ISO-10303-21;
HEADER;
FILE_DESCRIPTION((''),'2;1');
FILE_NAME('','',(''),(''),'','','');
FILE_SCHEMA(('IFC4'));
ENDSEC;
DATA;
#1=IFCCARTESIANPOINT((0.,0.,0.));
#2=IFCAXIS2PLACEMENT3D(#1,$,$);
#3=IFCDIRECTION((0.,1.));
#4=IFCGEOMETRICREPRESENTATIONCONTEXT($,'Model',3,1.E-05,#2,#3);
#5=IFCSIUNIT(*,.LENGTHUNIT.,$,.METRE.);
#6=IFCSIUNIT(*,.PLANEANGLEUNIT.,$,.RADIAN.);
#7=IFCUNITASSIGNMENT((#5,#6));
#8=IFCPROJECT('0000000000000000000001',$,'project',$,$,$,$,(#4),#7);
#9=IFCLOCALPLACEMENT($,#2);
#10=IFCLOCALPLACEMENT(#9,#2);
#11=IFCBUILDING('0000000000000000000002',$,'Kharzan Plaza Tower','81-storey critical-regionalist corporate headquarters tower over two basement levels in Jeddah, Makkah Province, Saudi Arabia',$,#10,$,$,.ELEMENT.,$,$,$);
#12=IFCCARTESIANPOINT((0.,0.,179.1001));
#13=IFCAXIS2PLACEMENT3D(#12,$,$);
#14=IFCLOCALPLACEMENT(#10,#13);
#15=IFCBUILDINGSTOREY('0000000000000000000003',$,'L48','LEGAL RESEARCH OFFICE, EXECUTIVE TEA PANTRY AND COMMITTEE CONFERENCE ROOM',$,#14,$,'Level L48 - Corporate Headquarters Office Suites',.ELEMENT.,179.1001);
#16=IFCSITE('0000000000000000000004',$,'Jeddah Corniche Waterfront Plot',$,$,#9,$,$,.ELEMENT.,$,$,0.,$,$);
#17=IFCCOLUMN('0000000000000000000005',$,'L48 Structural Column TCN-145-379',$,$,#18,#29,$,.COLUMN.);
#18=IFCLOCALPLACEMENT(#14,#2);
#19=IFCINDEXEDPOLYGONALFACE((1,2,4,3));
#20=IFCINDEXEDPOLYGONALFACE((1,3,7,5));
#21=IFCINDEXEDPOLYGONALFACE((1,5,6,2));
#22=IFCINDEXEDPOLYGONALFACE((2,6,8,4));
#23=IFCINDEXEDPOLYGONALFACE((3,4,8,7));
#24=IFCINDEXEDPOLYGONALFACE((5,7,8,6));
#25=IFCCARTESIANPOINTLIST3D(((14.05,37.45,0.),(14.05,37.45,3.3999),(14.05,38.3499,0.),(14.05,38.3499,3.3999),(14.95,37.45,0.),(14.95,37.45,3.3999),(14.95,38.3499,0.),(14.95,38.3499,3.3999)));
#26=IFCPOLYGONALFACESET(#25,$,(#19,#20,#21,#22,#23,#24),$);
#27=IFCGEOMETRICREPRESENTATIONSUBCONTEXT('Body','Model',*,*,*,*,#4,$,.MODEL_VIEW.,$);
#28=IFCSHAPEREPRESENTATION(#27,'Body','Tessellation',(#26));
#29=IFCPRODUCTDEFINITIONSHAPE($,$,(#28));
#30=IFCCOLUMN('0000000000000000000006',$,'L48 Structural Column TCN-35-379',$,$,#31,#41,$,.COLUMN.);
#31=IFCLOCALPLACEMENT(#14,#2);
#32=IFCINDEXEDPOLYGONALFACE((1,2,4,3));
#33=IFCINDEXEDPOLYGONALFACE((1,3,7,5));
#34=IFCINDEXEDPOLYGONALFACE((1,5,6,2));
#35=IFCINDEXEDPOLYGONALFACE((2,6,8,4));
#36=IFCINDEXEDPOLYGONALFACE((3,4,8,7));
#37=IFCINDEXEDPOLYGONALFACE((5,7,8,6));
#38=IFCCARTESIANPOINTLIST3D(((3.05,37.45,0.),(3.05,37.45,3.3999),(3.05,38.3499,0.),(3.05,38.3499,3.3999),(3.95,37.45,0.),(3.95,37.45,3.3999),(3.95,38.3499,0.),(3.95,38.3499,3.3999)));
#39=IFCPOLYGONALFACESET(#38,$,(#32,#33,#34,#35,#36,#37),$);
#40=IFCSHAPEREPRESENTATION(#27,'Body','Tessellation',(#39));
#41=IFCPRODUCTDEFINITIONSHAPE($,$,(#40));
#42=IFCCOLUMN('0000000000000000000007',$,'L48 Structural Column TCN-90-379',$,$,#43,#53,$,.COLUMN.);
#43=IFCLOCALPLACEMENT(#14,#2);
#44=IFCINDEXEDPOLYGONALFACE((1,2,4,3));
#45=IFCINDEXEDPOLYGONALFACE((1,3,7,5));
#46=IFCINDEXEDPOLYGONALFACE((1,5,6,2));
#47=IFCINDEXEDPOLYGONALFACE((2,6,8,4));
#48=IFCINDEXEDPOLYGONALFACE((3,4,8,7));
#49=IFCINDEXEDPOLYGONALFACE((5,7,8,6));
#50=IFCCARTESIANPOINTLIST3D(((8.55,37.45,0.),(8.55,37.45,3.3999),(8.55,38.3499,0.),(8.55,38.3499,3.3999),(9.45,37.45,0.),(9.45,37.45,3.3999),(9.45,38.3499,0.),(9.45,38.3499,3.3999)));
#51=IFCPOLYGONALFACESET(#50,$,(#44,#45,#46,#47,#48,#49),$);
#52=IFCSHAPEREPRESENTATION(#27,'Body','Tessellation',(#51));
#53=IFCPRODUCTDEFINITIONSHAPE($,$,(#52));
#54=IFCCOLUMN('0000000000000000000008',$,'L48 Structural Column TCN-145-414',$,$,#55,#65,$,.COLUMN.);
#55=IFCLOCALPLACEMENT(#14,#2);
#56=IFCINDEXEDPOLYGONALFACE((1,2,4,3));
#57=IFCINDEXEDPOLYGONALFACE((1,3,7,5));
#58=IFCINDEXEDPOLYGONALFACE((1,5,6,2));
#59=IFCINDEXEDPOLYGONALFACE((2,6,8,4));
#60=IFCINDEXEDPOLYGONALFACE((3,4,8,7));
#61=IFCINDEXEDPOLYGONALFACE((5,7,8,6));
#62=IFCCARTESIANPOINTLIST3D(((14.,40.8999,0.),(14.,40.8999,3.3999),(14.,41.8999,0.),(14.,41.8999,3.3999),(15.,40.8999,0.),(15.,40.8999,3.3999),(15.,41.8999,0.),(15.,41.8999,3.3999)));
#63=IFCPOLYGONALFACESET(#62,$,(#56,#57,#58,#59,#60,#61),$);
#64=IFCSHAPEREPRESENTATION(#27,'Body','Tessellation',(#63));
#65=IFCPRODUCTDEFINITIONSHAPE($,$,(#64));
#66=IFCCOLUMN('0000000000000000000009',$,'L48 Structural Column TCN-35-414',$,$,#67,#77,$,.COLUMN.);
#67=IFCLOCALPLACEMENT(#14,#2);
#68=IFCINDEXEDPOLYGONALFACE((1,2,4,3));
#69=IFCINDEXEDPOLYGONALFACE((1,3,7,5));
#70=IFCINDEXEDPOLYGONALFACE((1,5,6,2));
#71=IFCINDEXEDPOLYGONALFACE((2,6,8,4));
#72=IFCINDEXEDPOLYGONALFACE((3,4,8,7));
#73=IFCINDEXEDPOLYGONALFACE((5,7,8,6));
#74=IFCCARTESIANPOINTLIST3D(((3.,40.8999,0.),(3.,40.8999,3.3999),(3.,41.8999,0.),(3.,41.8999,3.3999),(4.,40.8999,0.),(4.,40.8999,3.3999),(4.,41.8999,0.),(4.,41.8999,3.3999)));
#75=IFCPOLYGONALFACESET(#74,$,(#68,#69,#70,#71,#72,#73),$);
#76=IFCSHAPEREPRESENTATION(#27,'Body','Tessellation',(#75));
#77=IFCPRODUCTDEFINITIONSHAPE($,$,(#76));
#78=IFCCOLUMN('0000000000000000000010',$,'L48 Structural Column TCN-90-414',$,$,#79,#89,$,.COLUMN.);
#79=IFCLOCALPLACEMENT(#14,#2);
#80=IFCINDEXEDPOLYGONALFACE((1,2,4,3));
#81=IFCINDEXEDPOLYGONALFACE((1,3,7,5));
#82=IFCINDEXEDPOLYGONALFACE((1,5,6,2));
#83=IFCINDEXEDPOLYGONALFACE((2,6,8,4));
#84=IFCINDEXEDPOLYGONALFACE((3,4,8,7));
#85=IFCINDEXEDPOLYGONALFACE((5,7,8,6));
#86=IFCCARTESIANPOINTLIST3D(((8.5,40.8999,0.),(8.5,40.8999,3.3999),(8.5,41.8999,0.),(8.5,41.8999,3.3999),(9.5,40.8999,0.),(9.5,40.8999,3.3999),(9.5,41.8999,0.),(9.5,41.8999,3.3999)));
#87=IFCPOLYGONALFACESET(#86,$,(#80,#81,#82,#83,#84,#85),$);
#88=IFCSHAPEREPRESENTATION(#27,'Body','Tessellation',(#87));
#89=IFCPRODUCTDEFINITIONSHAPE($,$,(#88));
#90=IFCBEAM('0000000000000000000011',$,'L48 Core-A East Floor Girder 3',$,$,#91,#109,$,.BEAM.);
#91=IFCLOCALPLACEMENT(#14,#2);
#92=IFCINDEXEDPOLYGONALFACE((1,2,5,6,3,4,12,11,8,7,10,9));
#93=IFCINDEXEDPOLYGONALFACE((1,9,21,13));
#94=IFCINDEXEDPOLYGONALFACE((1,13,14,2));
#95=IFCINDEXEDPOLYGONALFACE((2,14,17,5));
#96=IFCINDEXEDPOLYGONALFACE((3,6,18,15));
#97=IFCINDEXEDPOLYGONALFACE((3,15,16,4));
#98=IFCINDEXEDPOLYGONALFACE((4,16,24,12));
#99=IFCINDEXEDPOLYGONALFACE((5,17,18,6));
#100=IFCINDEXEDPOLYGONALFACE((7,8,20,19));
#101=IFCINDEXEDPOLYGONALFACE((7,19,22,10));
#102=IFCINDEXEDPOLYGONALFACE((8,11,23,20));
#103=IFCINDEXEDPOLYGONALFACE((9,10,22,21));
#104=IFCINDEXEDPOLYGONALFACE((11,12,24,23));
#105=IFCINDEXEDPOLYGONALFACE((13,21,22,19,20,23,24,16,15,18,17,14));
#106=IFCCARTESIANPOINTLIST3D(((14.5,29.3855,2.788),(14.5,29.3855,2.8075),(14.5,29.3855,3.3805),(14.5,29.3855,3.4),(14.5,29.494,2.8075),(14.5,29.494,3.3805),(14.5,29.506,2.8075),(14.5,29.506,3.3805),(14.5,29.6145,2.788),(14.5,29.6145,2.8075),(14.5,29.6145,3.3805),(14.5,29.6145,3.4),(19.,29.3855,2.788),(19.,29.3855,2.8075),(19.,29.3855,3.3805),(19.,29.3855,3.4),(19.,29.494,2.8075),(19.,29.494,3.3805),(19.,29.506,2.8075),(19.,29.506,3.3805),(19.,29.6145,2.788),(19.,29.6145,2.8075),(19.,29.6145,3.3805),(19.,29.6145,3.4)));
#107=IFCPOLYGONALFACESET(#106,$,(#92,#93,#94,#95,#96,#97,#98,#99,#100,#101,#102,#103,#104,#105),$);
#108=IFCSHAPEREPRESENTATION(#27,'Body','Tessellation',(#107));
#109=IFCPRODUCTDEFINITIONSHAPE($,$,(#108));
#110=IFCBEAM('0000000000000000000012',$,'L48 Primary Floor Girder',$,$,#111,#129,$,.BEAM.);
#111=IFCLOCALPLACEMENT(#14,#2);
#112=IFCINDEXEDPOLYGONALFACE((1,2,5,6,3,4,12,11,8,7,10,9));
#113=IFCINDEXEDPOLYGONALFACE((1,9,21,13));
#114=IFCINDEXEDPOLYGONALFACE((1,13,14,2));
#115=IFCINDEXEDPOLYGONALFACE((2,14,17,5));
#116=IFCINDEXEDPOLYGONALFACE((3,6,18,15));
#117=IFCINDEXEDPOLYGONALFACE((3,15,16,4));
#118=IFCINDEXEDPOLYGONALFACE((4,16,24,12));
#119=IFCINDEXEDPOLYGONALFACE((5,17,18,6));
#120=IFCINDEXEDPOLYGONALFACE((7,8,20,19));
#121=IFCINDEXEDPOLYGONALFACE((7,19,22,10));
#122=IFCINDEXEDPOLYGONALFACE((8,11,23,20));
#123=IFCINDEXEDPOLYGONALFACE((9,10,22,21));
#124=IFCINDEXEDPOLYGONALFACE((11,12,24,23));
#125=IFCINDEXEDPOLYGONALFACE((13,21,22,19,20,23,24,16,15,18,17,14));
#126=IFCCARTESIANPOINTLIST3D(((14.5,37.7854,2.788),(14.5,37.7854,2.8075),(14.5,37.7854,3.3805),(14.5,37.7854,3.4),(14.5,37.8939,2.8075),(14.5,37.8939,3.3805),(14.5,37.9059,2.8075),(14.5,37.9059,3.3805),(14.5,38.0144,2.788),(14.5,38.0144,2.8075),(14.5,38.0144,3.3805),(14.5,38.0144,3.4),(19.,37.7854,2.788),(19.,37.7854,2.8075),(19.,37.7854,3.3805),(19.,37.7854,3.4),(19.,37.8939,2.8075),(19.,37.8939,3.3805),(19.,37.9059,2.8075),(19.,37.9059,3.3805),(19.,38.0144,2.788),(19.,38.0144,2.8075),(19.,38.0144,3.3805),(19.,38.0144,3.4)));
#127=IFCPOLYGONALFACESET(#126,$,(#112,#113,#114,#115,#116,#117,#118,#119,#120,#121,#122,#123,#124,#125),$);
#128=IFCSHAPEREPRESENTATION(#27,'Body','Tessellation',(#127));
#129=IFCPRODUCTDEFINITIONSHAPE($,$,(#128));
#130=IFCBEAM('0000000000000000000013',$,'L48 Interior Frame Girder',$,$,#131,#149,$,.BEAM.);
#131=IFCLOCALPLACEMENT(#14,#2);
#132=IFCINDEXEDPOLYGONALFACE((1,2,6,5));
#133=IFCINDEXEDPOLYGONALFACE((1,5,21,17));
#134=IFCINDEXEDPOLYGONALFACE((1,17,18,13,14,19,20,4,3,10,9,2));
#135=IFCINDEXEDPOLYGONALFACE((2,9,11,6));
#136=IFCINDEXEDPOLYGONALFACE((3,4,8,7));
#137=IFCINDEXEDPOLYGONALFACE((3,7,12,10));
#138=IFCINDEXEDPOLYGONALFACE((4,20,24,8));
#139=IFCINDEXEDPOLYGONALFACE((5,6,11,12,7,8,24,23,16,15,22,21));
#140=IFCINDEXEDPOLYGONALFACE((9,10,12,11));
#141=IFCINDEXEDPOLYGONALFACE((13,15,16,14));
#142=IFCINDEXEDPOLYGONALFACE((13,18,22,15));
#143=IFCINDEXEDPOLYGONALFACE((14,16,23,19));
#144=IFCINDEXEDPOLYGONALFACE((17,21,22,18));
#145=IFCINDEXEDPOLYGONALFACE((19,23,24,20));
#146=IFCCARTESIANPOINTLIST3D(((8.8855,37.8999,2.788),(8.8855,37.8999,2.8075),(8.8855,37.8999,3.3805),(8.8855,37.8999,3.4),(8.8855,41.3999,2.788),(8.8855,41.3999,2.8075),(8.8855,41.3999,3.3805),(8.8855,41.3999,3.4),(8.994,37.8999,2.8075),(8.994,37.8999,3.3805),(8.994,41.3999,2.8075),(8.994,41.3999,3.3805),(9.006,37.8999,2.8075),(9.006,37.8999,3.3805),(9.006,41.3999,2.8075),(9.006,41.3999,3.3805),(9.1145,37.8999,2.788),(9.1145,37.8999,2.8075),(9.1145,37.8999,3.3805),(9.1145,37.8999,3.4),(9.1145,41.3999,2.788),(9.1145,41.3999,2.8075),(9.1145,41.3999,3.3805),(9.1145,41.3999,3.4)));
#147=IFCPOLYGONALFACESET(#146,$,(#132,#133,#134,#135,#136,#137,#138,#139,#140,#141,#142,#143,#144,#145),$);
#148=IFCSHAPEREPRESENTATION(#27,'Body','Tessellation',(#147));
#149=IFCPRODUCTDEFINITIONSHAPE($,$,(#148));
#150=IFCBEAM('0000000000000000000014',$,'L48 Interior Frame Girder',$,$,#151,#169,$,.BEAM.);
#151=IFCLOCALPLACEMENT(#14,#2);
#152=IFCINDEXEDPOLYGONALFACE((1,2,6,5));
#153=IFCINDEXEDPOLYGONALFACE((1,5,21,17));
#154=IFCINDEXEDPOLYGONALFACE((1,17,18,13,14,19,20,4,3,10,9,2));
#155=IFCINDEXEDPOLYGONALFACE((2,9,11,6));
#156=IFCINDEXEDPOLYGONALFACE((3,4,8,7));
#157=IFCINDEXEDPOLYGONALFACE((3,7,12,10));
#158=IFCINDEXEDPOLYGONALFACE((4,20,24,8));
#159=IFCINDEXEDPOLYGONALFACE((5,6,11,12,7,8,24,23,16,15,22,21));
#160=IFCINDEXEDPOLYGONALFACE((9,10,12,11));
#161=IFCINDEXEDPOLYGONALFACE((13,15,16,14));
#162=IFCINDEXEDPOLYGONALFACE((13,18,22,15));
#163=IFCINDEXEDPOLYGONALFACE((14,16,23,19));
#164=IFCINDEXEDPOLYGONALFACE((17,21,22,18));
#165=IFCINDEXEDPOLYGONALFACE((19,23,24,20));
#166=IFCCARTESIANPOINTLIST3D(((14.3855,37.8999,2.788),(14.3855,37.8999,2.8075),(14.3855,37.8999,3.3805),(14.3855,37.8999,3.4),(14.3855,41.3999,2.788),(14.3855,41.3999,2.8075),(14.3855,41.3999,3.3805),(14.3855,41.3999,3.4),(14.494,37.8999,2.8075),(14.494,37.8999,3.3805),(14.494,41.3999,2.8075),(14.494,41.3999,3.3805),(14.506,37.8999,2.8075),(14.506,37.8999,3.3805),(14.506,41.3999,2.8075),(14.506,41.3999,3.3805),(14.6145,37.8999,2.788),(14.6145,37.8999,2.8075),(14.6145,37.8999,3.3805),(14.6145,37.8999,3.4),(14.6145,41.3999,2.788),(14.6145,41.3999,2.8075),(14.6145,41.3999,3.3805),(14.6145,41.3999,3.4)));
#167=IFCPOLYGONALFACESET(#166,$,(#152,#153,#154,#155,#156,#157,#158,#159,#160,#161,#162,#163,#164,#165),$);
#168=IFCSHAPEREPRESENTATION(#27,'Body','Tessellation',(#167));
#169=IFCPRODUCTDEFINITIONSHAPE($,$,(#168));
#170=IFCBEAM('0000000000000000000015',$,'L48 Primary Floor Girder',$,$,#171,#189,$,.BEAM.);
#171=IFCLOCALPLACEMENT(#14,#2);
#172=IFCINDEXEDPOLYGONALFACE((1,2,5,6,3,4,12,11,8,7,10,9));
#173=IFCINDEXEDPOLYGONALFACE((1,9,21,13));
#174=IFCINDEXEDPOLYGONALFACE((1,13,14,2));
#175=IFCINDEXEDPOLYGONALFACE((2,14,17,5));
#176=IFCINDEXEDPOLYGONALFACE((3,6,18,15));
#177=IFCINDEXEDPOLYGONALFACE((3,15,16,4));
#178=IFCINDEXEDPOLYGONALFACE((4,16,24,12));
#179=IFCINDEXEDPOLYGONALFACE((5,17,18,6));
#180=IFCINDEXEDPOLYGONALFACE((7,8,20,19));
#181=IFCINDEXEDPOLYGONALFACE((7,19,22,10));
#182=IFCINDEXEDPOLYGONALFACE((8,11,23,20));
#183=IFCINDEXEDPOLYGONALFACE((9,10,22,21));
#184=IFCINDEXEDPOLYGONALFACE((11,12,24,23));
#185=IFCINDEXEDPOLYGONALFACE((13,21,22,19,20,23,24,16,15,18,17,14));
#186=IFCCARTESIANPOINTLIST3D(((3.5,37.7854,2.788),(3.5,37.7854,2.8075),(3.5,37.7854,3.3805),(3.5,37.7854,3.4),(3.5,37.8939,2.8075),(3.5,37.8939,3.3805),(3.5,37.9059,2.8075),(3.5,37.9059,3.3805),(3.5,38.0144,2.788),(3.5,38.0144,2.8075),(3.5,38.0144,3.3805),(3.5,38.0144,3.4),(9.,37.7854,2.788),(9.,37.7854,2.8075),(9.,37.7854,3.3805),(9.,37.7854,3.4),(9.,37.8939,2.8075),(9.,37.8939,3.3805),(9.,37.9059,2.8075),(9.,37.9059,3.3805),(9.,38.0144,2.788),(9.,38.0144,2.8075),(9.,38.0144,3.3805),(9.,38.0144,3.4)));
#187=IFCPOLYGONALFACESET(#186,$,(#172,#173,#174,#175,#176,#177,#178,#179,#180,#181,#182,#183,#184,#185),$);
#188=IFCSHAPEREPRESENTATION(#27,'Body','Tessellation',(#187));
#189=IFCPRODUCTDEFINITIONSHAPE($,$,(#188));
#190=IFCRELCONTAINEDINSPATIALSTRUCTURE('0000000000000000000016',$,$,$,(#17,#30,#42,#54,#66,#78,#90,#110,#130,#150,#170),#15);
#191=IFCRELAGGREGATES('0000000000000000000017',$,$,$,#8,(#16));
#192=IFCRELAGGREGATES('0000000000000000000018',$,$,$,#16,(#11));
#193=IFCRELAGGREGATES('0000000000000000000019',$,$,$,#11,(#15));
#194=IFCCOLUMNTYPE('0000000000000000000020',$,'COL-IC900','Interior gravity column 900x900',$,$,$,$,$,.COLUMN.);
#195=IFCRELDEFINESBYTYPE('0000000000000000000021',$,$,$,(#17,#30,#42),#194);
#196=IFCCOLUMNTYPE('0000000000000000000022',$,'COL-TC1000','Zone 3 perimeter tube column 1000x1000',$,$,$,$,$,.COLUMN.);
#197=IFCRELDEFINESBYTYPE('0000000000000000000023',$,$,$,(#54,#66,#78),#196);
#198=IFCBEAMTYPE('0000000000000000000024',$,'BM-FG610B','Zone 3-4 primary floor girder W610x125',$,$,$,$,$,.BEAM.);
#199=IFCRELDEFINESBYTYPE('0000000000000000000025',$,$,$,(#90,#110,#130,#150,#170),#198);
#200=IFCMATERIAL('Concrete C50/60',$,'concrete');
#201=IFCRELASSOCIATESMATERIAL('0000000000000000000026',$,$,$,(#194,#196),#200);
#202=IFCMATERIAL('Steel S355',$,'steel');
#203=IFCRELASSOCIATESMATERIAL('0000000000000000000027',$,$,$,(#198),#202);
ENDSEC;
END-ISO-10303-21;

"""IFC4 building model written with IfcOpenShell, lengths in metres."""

from ifc_helpers import new_model, si_unit, direction, frame, origin, origin_2d, place, context, subcontext, project, spatial, rectangle, i_section, extrude, source, transform, mapped, material, material_profile, profile_set, type_object, element, save


model = new_model("IFC4")

# Units and contexts
model_context = context("Model", 3, precision=1e-05, world=origin(), true_north=direction((0.0, 1.0)))
body_context = subcontext(model_context, "Body", "Model", "MODEL_VIEW")
ifc_project = project(units=[si_unit("LENGTHUNIT", "METRE"), si_unit("PLANEANGLEUNIT", "RADIAN")], contexts=[model_context])

# Site, building, storey
site_placement = place(None, origin())
site = spatial("IfcSite", under=ifc_project, at=site_placement, Name="Jeddah Corniche Waterfront Plot", CompositionType="ELEMENT", RefElevation=0.0)
building_placement = place(site_placement, origin())
building = spatial("IfcBuilding", under=site, at=building_placement, Name="Kharzan Plaza Tower", Description="81-storey critical-regionalist corporate headquarters tower over two basement levels in Jeddah, Makkah Province, Saudi Arabia", CompositionType="ELEMENT")
storey_placement = place(building_placement, frame((0.0, 0.0, 179.1001)))
storey = spatial("IfcBuildingStorey", under=building, at=storey_placement, Name="L48", Description="LEGAL RESEARCH OFFICE, EXECUTIVE TEA PANTRY AND COMMITTEE CONFERENCE ROOM", LongName="Level L48 - Corporate Headquarters Office Suites", CompositionType="ELEMENT", Elevation=179.1001)

# Columns
ifc_material_1 = material(Name="Concrete C50/60", Category="concrete")
ifc_material_profile_1 = material_profile(ifc_material_1, rectangle(XDim=0.8999, YDim=0.8999, at=origin_2d()), Name="RC-IC900x900")
ifc_profile_set_1 = profile_set([ifc_material_profile_1], Name="Concrete C50/60")
column_type_1 = type_object("IfcColumnType", Name="COL-IC900", Description="Interior gravity column 900x900", PredefinedType="COLUMN", material=ifc_profile_set_1)
shared_shape_1 = source(origin(), body_context, "Body", "SweptSolid", [
    extrude(rectangle(XDim=0.8999, YDim=0.8999, at=origin_2d()), origin(), (0.0, 0.0, 1.0), 3.3999),
])
for number, where, z_axis, x_axis, name in (
    (1, (14.5, 37.8999, 0.0), (0.0, 0.0, 1.0), (1.0, 0.0, 0.0), "L48 Structural Column TCN-145-379"),
    (2, (3.5, 37.8999, 0.0), (0.0, 0.0, 1.0), (1.0, 0.0, 0.0), "L48 Structural Column TCN-35-379"),
    (3, (9.0, 37.8999, 0.0), (0.0, 0.0, 1.0), (1.0, 0.0, 0.0), "L48 Structural Column TCN-90-379"),
):
    element("IfcColumn", number, at=place(storey_placement, frame(where, z_axis=z_axis, x_axis=x_axis)), inside=storey, type_object=column_type_1, Name=name, PredefinedType="COLUMN", context=body_context, shape_type="MappedRepresentation", body=[
        mapped(shared_shape_1, transform((0.0, 0.0, 0.0), x_axis=(1.0, 0.0, 0.0), y_axis=(0.0, 1.0, 0.0), z_axis=(0.0, 0.0, 1.0))),
    ])
ifc_material_profile_2 = material_profile(ifc_material_1, rectangle(XDim=1.0, YDim=1.0, at=origin_2d()), Name="RC-TC1000x1000")
ifc_profile_set_2 = profile_set([ifc_material_profile_2], Name="Concrete C50/60")
column_type_2 = type_object("IfcColumnType", Name="COL-TC1000", Description="Zone 3 perimeter tube column 1000x1000", PredefinedType="COLUMN", material=ifc_profile_set_2)
shared_shape_2 = source(origin(), body_context, "Body", "SweptSolid", [
    extrude(rectangle(XDim=1.0, YDim=1.0, at=origin_2d()), origin(), (0.0, 0.0, 1.0), 3.3999),
])
for number, where, z_axis, x_axis, name in (
    (4, (14.5, 41.3999, 0.0), (0.0, 0.0, 1.0), (1.0, 0.0, 0.0), "L48 Structural Column TCN-145-414"),
    (5, (3.5, 41.3999, 0.0), (0.0, 0.0, 1.0), (1.0, 0.0, 0.0), "L48 Structural Column TCN-35-414"),
    (6, (9.0, 41.3999, 0.0), (0.0, 0.0, 1.0), (1.0, 0.0, 0.0), "L48 Structural Column TCN-90-414"),
):
    element("IfcColumn", number, at=place(storey_placement, frame(where, z_axis=z_axis, x_axis=x_axis)), inside=storey, type_object=column_type_2, Name=name, PredefinedType="COLUMN", context=body_context, shape_type="MappedRepresentation", body=[
        mapped(shared_shape_2, transform((0.0, 0.0, 0.0), x_axis=(1.0, 0.0, 0.0), y_axis=(0.0, 1.0, 0.0), z_axis=(0.0, 0.0, 1.0))),
    ])

# Beams
ifc_material_2 = material(Name="Steel S355", Category="steel")
ifc_material_profile_3 = material_profile(ifc_material_2, i_section(OverallWidth=0.229, OverallDepth=0.6121, WebThickness=0.012, FlangeThickness=0.0195, at=origin_2d()), Name="W610x125")
ifc_profile_set_3 = profile_set([ifc_material_profile_3], Name="Steel S355")
beam_type_1 = type_object("IfcBeamType", Name="BM-FG610B", Description="Zone 3-4 primary floor girder W610x125", PredefinedType="BEAM", material=ifc_profile_set_3)
shared_shape_3 = source(origin(), body_context, "Body", "SweptSolid", [
    extrude(i_section(OverallWidth=0.229, OverallDepth=0.6121, WebThickness=0.012, FlangeThickness=0.0195, at=origin_2d()), origin(), (0.0, 0.0, 1.0), 4.5),
])
for number, where, z_axis, x_axis, name in (
    (7, (14.5, 29.5, 3.094), (1.0, 0.0, 0.0), (0.0, 1.0, 0.0), "L48 Core-A East Floor Girder 3"),
    (8, (14.5, 37.8999, 3.094), (1.0, 0.0, 0.0), (0.0, 1.0, 0.0), "L48 Primary Floor Girder"),
):
    element("IfcBeam", number, at=place(storey_placement, frame(where, z_axis=z_axis, x_axis=x_axis)), inside=storey, type_object=beam_type_1, Name=name, PredefinedType="BEAM", context=body_context, shape_type="MappedRepresentation", body=[
        mapped(shared_shape_3, transform((0.0, 0.0, 0.0), x_axis=(1.0, 0.0, 0.0), y_axis=(0.0, 1.0, 0.0), z_axis=(0.0, 0.0, 1.0))),
    ])
shared_shape_4 = source(origin(), body_context, "Body", "SweptSolid", [
    extrude(i_section(OverallWidth=0.229, OverallDepth=0.6121, WebThickness=0.012, FlangeThickness=0.0195, at=origin_2d()), origin(), (0.0, 0.0, 1.0), 3.5),
])
for number, where, z_axis, x_axis, name in (
    (9, (9.0, 37.8999, 3.094), (0.0, 1.0, 0.0), (-1.0, 0.0, 0.0), "L48 Interior Frame Girder"),
    (10, (14.5, 37.8999, 3.094), (0.0, 1.0, 0.0), (-1.0, 0.0, 0.0), "L48 Interior Frame Girder"),
):
    element("IfcBeam", number, at=place(storey_placement, frame(where, z_axis=z_axis, x_axis=x_axis)), inside=storey, type_object=beam_type_1, Name=name, PredefinedType="BEAM", context=body_context, shape_type="MappedRepresentation", body=[
        mapped(shared_shape_4, transform((0.0, 0.0, 0.0), x_axis=(1.0, 0.0, 0.0), y_axis=(0.0, 1.0, 0.0), z_axis=(0.0, 0.0, 1.0))),
    ])
shared_shape_5 = source(origin(), body_context, "Body", "SweptSolid", [
    extrude(i_section(OverallWidth=0.229, OverallDepth=0.6121, WebThickness=0.012, FlangeThickness=0.0195, at=origin_2d()), origin(), (0.0, 0.0, 1.0), 5.5),
])
for number, where, z_axis, x_axis, name in (
    (11, (3.5, 37.8999, 3.094), (1.0, 0.0, 0.0), (0.0, 1.0, 0.0), "L48 Primary Floor Girder"),
):
    element("IfcBeam", number, at=place(storey_placement, frame(where, z_axis=z_axis, x_axis=x_axis)), inside=storey, type_object=beam_type_1, Name=name, PredefinedType="BEAM", context=body_context, shape_type="MappedRepresentation", body=[
        mapped(shared_shape_5, transform((0.0, 0.0, 0.0), x_axis=(1.0, 0.0, 0.0), y_axis=(0.0, 1.0, 0.0), z_axis=(0.0, 0.0, 1.0))),
    ])

save(model, "model.ifc")
